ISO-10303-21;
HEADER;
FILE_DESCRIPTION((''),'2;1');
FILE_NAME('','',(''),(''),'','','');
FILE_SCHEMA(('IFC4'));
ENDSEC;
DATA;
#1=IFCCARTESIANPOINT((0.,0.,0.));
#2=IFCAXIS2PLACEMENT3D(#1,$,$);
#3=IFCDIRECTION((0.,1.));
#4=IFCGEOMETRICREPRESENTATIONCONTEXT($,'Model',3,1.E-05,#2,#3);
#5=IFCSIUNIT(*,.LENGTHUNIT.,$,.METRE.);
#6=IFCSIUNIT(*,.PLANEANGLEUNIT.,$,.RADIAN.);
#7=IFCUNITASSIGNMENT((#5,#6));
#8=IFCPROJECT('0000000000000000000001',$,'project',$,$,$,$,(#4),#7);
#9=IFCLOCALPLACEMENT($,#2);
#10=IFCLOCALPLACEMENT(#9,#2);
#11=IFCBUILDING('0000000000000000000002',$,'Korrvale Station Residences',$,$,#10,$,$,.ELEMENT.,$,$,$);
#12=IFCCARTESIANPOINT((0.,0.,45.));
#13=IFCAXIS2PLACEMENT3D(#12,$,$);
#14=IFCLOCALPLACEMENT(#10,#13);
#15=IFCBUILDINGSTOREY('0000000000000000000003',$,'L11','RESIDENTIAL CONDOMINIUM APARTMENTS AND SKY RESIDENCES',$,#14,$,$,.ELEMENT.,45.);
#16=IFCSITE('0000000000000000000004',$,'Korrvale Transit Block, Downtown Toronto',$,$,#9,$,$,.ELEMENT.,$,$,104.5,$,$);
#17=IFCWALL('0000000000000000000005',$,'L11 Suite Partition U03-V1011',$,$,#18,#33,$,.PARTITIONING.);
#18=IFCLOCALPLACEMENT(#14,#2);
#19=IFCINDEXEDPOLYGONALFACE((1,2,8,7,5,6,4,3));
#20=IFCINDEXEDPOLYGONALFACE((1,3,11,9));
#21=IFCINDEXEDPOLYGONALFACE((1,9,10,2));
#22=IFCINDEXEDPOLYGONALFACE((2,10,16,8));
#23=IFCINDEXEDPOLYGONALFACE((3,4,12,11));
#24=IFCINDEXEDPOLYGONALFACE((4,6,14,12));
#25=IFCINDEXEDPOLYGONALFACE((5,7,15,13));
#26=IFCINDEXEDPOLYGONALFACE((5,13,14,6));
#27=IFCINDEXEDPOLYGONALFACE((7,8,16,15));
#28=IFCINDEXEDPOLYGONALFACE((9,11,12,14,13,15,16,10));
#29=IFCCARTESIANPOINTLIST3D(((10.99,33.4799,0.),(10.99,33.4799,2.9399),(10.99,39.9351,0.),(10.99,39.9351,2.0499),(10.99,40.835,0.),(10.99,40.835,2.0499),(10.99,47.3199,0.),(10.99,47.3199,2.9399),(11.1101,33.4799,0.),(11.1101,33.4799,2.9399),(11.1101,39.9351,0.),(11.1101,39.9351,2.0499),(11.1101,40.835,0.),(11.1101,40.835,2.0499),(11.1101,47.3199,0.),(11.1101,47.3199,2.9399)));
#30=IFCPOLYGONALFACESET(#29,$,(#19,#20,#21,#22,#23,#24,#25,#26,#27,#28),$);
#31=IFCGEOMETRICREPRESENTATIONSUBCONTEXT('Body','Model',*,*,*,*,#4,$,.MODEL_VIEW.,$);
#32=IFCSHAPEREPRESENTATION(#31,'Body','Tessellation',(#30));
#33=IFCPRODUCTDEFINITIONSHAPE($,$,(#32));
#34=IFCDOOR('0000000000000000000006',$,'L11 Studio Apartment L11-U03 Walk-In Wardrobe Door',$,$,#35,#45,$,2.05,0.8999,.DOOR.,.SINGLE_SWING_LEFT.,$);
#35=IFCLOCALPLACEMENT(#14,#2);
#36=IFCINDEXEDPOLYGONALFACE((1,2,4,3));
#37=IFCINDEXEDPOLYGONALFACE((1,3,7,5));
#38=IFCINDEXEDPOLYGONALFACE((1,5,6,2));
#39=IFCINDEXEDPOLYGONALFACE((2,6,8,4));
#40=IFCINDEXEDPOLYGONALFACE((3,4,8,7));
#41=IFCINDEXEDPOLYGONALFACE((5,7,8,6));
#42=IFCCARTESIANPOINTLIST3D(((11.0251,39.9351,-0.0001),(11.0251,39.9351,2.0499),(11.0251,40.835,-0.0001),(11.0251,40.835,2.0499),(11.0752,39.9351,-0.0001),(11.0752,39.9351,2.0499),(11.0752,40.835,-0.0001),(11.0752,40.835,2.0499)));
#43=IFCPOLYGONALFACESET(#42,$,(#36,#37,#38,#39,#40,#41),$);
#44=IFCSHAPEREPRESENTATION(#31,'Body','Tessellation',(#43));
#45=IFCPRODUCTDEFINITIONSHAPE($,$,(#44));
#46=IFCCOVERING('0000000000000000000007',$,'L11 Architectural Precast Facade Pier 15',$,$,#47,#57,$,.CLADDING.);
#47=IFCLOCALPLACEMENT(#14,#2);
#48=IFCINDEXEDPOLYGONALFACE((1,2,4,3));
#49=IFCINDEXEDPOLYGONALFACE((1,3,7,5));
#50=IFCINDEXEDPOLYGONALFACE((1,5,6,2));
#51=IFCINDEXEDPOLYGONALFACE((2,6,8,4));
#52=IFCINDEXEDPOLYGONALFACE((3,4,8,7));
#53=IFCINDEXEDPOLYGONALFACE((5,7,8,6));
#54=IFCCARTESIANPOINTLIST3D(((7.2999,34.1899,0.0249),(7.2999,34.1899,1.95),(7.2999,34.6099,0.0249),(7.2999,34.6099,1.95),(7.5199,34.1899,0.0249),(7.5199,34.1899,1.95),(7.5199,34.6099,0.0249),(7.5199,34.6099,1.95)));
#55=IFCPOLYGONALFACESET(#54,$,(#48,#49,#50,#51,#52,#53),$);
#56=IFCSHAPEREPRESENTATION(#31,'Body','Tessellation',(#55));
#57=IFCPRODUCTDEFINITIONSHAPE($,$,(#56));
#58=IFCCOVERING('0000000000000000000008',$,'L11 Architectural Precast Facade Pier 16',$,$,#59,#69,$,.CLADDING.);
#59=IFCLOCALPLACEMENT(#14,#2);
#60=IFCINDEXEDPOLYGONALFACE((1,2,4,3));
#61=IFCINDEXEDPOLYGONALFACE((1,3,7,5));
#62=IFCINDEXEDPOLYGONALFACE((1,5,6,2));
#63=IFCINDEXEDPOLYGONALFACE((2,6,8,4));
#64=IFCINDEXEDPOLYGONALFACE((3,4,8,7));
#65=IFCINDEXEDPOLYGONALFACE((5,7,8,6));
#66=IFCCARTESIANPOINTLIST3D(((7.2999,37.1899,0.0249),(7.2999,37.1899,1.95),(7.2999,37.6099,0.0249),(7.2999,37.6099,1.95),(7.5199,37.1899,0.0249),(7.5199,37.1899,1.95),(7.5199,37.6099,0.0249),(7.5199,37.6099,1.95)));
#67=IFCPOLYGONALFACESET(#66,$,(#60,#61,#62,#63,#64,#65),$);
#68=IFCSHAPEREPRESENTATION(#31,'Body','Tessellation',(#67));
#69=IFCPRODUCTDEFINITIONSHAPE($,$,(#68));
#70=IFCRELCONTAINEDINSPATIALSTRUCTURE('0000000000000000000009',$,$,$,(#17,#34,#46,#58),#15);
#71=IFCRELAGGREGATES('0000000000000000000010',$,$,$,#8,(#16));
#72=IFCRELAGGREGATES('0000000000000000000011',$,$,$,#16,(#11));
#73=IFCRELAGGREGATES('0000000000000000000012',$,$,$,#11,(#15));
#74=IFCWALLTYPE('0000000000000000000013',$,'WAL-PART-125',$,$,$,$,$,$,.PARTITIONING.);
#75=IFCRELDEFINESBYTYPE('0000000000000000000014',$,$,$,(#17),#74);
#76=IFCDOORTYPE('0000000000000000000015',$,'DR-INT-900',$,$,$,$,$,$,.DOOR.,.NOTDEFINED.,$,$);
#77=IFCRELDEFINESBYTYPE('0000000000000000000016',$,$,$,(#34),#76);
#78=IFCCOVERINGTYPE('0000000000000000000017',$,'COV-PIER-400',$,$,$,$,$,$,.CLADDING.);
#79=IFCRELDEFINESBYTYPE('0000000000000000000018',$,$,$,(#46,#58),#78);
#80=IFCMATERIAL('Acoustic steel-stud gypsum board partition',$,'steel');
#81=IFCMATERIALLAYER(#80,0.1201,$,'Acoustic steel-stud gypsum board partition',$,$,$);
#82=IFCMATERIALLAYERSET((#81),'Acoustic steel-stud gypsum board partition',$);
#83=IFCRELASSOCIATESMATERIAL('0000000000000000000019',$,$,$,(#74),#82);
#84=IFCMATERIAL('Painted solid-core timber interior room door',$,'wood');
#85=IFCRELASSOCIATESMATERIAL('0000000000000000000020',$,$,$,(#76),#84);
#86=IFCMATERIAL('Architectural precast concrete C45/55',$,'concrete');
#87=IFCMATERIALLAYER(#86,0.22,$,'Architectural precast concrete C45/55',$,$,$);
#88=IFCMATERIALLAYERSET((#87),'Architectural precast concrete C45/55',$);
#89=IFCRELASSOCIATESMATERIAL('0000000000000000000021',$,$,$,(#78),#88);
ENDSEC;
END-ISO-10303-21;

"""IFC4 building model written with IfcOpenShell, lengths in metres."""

from ifc_helpers import new_model, si_unit, direction, frame, frame_2d, origin, origin_2d, place, context, subcontext, project, spatial, rectangle, extrude, material, layer, layer_set, type_object, element, fill, save


model = new_model("IFC4")

# Units and contexts
model_context = context("Model", 3, precision=1e-05, world=origin(), true_north=direction((0.0, 1.0)))
body_context = subcontext(model_context, "Body", "Model", "MODEL_VIEW")
ifc_project = project(units=[si_unit("LENGTHUNIT", "METRE"), si_unit("PLANEANGLEUNIT", "RADIAN")], contexts=[model_context])

# Site, building, storey
site_placement = place(None, origin())
site = spatial("IfcSite", under=ifc_project, at=site_placement, Name="Korrvale Transit Block, Downtown Toronto", CompositionType="ELEMENT", RefElevation=104.5)
building_placement = place(site_placement, origin())
building = spatial("IfcBuilding", under=site, at=building_placement, Name="Korrvale Station Residences", CompositionType="ELEMENT")
storey_placement = place(building_placement, frame((0.0, 0.0, 45.0)))
storey = spatial("IfcBuildingStorey", under=building, at=storey_placement, Name="L11", Description="RESIDENTIAL CONDOMINIUM APARTMENTS AND SKY RESIDENCES", CompositionType="ELEMENT", Elevation=45.0)

# Shared definitions
ifc_material_1 = material(Name="Acoustic steel-stud gypsum board partition", Category="steel")
ifc_layer_1 = layer(ifc_material_1, 0.1201, Name="Acoustic steel-stud gypsum board partition")
ifc_layer_set_1 = layer_set([ifc_layer_1], Name="Acoustic steel-stud gypsum board partition")
wall_type = type_object("IfcWallType", Name="WAL-PART-125", PredefinedType="PARTITIONING", material=ifc_layer_set_1)

# Wall, opening, door
ifc_material_2 = material(Name="Painted solid-core timber interior room door", Category="wood")
door_type = type_object("IfcDoorType", Name="DR-INT-900", OperationType="NOTDEFINED", PredefinedType="DOOR", material=ifc_material_2)
wall_1_placement = place(storey_placement, frame((11.05, 33.48, 0.0), z_axis=(0.0, 0.0, 1.0), x_axis=(0.0, 1.0, 0.0)))
wall_1 = element("IfcWall", 1, at=wall_1_placement, inside=storey, type_object=wall_type, Name="L11 Suite Partition U03-V1011", PredefinedType="PARTITIONING", context=body_context, shape_type="SweptSolid", body=[
    extrude(rectangle(XDim=13.8401, YDim=0.1201, at=frame_2d((6.9199, 0.0))), origin(), (0.0, 0.0, 1.0), 2.9399),
])
opening_1_placement = place(wall_1_placement, frame((6.4551, 0.0, 0.0)))
opening_1 = element("IfcOpeningElement", 2, at=opening_1_placement, cuts=wall_1, PredefinedType="OPENING", context=body_context, shape_type="SweptSolid", body=[
    extrude(rectangle(XDim=0.8999, YDim=2.05, at=frame_2d((0.45, 1.0249))), frame((0.0, 0.0701, 0.0), z_axis=(0.0, -1.0, 0.0), x_axis=(1.0, 0.0, 0.0)), (0.0, 0.0, 1.0), 0.1401),
])
door_1_placement = place(opening_1_placement, origin())
door_1 = element("IfcDoor", 3, at=door_1_placement, inside=storey, type_object=door_type, Name="L11 Studio Apartment L11-U03 Walk-In Wardrobe Door", OperationType="SINGLE_SWING_LEFT", OverallHeight=2.05, OverallWidth=0.8999, PredefinedType="DOOR", context=body_context, shape_type="SweptSolid", body=[
    extrude(rectangle(XDim=0.8999, YDim=2.05, at=frame_2d((0.45, 1.0249))), frame((0.0, 0.0249, 0.0), z_axis=(0.0, -1.0, 0.0), x_axis=(1.0, 0.0, 0.0)), (0.0, 0.0, 1.0), 0.05),
])
fill(opening_1, door_1)

# Coverings
ifc_material_3 = material(Name="Architectural precast concrete C45/55", Category="concrete")
ifc_layer_2 = layer(ifc_material_3, 0.22, Name="Architectural precast concrete C45/55")
ifc_layer_set_2 = layer_set([ifc_layer_2], Name="Architectural precast concrete C45/55")
covering_type = type_object("IfcCoveringType", Name="COV-PIER-400", PredefinedType="CLADDING", material=ifc_layer_set_2)
for number, where, z_axis, x_axis, name in (
    (4, (7.4099, 34.3999, 0.0249), (0.0, 0.0, 1.0), (0.0, 1.0, 0.0), "L11 Architectural Precast Facade Pier 15"),
    (5, (7.4099, 37.3999, 0.0249), (0.0, 0.0, 1.0), (0.0, 1.0, 0.0), "L11 Architectural Precast Facade Pier 16"),
):
    element("IfcCovering", number, at=place(storey_placement, frame(where, z_axis=z_axis, x_axis=x_axis)), inside=storey, type_object=covering_type, Name=name, PredefinedType="CLADDING", context=body_context, shape_type="SweptSolid", body=[
        extrude(rectangle(XDim=0.4199, YDim=0.22, at=origin_2d()), origin(), (0.0, 0.0, 1.0), 1.925),
    ])

save(model, "model.ifc")
